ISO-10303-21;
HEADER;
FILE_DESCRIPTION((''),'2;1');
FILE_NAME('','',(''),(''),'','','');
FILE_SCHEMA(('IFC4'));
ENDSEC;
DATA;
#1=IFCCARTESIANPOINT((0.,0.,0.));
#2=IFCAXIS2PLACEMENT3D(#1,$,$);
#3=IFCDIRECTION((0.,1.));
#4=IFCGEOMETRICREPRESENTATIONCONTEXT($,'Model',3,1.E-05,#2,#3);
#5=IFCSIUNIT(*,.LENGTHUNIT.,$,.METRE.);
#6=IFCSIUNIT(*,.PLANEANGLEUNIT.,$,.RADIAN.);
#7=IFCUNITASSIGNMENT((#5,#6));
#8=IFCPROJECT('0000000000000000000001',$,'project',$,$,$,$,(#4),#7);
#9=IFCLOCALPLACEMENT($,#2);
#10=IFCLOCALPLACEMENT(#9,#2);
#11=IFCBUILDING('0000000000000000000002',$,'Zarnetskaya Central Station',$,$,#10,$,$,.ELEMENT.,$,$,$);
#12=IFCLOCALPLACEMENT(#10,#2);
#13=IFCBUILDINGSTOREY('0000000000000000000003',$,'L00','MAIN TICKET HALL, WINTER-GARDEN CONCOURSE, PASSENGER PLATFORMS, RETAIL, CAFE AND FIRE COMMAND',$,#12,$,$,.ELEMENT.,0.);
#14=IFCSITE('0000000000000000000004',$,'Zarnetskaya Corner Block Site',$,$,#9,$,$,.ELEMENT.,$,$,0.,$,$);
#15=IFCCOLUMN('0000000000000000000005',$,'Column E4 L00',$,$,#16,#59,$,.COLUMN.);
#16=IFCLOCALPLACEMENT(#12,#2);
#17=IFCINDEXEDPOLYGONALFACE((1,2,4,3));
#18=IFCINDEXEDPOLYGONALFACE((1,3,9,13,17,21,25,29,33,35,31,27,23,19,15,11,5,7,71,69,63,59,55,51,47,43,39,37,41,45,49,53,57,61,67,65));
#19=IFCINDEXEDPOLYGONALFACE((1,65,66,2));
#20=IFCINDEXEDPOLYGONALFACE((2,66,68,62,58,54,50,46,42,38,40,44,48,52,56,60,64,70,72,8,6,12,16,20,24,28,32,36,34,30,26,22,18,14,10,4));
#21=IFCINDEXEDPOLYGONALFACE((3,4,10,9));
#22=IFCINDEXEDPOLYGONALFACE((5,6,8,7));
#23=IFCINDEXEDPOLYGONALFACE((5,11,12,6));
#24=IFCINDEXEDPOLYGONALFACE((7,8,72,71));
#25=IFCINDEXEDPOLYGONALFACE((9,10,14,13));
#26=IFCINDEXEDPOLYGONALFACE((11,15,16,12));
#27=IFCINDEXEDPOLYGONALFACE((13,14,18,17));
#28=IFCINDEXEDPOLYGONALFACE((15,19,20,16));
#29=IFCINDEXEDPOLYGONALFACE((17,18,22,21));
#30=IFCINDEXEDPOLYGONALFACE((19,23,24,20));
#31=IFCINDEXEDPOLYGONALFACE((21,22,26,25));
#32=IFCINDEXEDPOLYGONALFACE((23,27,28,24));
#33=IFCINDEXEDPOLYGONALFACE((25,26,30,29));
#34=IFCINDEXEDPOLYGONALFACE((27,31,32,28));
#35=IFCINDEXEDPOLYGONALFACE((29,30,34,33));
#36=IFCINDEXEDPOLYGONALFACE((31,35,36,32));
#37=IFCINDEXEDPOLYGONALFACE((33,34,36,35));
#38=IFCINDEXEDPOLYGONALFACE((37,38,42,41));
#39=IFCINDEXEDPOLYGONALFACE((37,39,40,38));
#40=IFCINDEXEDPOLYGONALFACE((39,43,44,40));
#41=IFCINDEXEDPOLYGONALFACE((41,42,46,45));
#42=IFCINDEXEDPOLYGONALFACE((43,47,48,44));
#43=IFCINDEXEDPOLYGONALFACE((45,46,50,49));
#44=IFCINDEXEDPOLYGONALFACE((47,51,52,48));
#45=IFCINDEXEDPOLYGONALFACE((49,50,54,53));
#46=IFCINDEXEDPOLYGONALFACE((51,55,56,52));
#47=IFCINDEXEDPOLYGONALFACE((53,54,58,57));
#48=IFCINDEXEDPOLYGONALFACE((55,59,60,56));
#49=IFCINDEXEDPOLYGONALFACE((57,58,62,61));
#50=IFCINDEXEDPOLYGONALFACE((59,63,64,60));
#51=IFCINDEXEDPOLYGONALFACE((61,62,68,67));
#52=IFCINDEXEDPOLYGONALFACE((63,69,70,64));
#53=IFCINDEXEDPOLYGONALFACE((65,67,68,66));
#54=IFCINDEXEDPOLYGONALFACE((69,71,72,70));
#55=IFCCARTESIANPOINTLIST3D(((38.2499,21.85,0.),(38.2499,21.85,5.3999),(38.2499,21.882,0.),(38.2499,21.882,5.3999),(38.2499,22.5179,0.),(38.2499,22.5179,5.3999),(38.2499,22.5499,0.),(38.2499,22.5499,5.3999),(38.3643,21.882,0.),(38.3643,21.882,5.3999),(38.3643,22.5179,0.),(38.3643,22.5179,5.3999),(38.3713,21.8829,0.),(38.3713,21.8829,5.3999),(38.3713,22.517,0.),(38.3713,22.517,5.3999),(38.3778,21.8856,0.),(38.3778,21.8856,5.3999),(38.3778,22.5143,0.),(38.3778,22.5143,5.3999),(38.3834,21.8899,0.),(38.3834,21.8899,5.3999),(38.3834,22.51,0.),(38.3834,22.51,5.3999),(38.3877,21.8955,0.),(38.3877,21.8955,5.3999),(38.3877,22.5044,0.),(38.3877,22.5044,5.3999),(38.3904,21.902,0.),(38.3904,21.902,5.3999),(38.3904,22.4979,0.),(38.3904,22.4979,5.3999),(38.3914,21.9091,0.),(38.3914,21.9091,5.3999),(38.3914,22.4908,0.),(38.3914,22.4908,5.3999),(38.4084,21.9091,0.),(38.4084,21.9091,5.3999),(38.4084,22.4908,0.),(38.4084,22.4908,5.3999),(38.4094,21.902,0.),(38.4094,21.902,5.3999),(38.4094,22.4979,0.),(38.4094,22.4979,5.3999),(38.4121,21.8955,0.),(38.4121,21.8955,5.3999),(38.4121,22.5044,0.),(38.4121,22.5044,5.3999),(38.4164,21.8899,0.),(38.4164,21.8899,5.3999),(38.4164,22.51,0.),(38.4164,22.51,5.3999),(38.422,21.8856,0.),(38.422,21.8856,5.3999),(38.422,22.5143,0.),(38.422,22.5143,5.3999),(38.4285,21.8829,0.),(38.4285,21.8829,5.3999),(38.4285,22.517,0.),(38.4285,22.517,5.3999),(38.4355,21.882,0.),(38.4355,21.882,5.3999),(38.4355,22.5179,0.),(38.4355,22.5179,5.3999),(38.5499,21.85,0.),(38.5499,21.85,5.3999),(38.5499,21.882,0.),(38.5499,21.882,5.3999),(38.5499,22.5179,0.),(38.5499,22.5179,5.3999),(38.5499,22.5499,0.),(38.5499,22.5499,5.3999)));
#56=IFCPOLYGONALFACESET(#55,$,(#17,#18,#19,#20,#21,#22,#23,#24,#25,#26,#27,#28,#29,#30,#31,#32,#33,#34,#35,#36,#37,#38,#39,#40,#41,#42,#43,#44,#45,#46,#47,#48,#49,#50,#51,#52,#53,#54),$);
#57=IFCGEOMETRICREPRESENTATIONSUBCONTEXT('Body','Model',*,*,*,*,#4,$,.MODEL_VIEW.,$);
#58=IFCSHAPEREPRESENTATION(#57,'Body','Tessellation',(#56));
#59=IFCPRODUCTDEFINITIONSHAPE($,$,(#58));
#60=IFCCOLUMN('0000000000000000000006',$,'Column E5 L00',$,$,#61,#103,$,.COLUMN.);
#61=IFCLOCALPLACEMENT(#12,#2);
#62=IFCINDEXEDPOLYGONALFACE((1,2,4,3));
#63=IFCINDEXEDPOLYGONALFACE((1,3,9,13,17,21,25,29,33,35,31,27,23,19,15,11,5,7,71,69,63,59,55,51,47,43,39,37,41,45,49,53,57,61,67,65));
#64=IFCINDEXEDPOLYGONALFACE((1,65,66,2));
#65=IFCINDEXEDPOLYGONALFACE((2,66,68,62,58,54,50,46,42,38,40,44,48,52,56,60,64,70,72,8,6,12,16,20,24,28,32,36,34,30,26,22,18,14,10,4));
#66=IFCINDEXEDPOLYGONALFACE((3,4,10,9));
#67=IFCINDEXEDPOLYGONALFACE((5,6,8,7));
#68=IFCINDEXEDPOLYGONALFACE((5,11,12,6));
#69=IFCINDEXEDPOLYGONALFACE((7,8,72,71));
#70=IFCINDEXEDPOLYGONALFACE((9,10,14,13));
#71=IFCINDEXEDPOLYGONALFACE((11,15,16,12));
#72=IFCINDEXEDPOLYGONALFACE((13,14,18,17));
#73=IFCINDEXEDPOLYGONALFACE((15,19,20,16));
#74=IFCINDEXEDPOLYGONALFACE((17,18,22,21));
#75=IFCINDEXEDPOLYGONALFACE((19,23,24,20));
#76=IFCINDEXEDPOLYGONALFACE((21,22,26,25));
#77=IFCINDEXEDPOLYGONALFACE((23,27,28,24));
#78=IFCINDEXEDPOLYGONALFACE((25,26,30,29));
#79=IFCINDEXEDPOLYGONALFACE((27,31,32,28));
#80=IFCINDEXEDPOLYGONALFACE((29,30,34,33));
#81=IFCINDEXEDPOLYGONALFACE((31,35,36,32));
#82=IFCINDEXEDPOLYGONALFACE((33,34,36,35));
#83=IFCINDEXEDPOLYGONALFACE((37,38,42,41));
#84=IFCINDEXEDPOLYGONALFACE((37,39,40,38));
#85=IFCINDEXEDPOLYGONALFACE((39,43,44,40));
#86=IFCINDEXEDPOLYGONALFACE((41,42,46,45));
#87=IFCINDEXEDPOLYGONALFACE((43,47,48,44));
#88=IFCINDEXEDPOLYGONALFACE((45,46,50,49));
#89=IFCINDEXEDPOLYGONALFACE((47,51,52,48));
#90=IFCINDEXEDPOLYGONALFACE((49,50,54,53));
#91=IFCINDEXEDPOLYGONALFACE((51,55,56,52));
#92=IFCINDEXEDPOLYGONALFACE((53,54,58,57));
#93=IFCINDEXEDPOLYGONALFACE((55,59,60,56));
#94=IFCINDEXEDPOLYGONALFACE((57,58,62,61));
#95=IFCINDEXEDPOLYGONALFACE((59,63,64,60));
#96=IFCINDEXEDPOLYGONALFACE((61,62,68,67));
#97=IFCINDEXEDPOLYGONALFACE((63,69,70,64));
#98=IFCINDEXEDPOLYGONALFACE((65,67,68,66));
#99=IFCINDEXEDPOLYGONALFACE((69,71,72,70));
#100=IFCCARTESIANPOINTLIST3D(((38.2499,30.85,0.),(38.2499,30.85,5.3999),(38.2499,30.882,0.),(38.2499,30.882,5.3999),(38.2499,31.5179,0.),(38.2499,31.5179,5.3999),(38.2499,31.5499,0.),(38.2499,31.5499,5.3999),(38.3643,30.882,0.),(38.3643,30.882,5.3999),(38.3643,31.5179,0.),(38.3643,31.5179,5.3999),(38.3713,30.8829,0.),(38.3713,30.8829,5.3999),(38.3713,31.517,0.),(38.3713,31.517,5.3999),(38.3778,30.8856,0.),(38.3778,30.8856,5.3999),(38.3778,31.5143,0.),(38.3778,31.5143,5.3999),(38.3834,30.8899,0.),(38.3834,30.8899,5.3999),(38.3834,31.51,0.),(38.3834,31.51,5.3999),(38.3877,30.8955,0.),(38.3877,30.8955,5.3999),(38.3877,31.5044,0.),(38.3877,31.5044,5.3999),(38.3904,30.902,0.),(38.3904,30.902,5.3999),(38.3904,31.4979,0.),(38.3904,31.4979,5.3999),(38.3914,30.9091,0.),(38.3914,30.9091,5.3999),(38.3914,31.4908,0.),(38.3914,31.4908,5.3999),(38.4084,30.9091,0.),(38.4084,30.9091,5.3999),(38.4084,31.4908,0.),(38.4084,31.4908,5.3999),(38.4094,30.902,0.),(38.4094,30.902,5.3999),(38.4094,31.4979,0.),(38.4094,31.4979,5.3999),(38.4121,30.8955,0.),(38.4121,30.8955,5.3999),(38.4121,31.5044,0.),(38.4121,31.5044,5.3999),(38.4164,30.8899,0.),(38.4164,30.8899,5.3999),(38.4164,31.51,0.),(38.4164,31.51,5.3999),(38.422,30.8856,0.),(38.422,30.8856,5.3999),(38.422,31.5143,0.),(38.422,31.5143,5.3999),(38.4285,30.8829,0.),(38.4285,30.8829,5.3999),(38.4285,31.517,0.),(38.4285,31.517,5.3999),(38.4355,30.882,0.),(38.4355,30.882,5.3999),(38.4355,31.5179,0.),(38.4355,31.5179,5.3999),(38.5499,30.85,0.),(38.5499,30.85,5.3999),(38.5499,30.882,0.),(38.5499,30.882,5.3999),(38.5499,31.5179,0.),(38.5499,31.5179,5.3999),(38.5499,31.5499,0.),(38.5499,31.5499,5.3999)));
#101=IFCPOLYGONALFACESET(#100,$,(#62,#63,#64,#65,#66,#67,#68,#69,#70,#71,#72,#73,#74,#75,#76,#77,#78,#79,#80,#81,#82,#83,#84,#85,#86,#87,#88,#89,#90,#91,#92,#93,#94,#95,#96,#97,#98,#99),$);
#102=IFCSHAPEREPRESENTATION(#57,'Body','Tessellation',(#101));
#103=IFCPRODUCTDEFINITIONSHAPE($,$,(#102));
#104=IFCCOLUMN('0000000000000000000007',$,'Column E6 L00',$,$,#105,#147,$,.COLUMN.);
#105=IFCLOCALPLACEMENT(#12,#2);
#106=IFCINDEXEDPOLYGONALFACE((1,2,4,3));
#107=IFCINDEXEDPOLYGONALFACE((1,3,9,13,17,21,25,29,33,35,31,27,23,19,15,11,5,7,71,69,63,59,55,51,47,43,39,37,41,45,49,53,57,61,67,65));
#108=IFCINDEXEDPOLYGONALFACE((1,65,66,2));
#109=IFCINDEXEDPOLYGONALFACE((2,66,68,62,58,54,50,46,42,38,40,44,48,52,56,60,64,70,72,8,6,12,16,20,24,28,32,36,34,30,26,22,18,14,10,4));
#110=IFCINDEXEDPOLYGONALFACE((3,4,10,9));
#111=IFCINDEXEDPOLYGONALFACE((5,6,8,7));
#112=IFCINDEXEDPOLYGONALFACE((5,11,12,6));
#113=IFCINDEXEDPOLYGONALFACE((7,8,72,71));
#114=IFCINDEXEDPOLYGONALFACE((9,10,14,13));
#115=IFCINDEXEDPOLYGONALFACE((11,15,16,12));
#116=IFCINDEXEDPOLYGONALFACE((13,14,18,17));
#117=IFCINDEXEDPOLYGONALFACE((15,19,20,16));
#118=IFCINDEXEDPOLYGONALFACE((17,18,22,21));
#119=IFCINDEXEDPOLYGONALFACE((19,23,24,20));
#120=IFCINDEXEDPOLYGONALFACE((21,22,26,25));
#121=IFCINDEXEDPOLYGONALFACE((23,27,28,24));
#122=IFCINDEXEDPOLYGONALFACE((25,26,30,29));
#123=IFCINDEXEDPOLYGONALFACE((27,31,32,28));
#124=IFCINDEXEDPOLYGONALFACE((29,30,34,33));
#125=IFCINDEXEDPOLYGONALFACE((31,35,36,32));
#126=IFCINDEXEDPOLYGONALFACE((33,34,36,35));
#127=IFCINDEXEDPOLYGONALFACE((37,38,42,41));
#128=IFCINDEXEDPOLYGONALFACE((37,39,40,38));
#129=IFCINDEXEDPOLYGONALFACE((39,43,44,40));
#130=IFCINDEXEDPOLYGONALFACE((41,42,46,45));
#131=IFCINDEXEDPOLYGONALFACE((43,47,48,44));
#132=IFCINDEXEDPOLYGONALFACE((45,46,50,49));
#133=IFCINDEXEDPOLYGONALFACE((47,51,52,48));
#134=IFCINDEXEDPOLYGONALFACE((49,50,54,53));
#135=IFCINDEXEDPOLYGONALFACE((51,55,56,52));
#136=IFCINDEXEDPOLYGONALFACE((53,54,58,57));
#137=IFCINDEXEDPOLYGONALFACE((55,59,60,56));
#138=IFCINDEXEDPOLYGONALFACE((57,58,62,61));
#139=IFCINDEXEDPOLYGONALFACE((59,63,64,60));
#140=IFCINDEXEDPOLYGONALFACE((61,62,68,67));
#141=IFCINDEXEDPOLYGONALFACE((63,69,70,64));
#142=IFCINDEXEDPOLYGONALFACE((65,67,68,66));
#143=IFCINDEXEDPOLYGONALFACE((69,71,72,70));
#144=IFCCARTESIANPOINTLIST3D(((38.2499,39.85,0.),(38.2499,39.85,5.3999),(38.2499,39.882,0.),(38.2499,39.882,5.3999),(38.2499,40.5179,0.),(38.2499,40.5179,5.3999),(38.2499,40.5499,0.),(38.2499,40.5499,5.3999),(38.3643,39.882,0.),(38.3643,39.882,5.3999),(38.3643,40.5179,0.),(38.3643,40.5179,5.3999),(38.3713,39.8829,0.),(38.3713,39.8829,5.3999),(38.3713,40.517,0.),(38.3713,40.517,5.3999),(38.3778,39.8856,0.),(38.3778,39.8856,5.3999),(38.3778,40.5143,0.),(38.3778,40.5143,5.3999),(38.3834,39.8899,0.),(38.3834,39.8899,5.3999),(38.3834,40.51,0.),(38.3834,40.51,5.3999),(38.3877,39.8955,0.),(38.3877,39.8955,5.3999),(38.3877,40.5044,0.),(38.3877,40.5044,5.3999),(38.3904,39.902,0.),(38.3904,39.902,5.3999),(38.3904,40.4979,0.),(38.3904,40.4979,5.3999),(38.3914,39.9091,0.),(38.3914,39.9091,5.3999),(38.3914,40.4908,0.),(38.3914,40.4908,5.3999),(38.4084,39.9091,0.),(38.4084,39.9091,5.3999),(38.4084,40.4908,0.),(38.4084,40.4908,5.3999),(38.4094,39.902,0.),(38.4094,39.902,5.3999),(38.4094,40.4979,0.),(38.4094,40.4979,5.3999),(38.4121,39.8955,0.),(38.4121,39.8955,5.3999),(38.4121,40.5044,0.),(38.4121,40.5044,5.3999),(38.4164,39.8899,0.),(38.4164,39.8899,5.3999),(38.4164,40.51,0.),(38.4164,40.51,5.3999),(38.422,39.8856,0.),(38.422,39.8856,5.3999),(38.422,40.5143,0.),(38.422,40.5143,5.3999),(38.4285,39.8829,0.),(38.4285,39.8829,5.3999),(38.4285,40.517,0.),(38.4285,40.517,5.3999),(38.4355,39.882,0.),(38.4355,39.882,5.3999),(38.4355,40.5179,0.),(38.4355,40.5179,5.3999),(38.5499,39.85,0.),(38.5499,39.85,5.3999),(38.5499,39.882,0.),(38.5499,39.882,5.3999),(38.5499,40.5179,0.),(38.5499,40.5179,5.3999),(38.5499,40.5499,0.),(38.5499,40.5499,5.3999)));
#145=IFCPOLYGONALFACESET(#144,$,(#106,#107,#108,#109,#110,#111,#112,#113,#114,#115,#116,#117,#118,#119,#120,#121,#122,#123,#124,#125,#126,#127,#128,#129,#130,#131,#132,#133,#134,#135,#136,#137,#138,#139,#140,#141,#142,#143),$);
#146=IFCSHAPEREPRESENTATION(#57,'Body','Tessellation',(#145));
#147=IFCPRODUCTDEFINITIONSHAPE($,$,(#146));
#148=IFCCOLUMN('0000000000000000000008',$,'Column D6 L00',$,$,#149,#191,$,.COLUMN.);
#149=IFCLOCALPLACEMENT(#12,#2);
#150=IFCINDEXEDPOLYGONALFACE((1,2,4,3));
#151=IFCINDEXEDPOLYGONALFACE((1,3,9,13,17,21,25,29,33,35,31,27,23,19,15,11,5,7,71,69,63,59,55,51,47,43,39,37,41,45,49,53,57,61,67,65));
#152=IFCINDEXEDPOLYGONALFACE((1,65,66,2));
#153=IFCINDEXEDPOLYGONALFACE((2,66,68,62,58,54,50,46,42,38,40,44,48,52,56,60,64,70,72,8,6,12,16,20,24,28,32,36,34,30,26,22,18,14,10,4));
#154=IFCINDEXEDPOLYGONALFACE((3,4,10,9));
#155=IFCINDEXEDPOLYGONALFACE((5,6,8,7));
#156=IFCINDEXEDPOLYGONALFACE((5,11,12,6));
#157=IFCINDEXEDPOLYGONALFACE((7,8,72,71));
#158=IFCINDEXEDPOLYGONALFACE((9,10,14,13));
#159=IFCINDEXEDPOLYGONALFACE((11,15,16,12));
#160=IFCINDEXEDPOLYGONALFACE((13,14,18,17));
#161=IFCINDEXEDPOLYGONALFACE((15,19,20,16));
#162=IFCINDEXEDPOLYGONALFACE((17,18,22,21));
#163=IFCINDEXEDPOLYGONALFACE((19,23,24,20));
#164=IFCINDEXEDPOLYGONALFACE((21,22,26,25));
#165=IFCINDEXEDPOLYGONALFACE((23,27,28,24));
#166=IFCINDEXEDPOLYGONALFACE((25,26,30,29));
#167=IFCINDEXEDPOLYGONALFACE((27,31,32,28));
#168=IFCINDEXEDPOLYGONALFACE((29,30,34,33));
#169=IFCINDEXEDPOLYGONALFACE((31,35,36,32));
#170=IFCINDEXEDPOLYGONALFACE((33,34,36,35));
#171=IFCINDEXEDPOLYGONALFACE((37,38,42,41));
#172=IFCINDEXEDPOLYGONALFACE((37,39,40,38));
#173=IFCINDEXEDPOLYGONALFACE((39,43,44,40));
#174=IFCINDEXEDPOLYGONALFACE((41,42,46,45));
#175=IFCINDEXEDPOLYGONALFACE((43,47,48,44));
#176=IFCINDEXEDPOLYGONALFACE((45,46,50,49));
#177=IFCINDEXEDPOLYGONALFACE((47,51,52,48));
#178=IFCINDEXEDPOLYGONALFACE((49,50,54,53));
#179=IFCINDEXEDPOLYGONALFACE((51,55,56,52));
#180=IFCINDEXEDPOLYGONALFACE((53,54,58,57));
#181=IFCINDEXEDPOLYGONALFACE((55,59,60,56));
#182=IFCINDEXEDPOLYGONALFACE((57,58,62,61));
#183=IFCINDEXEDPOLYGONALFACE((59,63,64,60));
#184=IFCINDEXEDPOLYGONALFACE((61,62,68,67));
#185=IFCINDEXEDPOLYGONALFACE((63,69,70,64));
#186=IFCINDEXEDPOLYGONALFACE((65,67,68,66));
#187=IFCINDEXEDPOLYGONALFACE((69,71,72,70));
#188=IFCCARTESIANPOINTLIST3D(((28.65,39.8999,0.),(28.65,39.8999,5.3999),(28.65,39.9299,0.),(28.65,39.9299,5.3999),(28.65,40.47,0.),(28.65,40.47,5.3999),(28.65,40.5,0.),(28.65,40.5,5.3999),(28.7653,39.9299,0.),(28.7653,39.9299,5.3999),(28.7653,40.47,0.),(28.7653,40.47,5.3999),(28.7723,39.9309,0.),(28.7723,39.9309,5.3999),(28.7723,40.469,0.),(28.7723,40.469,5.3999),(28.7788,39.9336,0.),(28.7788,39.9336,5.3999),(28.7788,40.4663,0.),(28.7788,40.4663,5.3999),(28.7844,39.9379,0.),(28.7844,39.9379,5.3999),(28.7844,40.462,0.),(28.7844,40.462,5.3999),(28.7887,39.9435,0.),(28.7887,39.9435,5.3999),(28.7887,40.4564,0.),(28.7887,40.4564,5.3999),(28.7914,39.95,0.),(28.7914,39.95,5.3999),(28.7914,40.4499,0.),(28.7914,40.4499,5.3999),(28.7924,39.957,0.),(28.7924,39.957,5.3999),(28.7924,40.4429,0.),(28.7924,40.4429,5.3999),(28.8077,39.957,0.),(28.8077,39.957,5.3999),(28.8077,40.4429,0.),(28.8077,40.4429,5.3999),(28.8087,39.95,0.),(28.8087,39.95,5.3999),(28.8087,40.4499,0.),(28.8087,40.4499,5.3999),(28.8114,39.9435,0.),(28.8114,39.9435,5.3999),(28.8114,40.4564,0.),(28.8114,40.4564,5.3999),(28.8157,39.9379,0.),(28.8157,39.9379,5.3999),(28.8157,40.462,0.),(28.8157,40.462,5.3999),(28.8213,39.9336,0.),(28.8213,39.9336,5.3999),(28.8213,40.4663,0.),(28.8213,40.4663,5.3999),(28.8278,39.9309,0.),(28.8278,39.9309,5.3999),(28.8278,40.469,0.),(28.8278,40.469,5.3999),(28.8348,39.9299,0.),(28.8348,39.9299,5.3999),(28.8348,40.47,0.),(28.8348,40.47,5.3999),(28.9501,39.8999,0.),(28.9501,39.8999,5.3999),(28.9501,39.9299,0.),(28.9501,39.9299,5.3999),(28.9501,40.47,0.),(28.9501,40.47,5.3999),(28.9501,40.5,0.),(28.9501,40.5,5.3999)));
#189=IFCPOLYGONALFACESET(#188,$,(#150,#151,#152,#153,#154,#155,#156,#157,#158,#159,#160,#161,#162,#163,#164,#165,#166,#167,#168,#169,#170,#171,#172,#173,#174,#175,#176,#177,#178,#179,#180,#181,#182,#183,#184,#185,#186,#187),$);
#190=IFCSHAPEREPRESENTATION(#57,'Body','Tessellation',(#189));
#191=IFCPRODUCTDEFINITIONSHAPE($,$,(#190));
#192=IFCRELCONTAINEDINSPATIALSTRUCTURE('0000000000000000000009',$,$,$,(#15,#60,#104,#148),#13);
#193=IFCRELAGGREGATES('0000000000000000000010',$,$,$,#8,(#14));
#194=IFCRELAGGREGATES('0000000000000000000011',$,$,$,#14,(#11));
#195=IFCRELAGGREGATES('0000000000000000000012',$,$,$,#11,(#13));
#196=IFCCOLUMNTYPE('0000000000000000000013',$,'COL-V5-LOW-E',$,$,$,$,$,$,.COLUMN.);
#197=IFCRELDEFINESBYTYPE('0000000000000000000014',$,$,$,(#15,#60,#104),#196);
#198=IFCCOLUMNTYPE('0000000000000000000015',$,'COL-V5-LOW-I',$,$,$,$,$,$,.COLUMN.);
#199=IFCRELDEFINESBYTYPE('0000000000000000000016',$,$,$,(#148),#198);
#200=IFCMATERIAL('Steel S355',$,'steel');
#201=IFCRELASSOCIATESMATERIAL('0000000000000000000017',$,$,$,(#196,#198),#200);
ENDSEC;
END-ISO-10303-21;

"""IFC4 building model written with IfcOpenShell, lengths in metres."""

from ifc_helpers import new_model, si_unit, direction, frame, origin, origin_2d, place, context, subcontext, project, spatial, i_section, extrude, material, material_profile, profile_set, type_object, element, save


model = new_model("IFC4")

# Units and contexts
model_context = context("Model", 3, precision=1e-05, world=origin(), true_north=direction((0.0, 1.0)))
body_context = subcontext(model_context, "Body", "Model", "MODEL_VIEW")
ifc_project = project(units=[si_unit("LENGTHUNIT", "METRE"), si_unit("PLANEANGLEUNIT", "RADIAN")], contexts=[model_context])

# Site, building, storey
site_placement = place(None, origin())
site = spatial("IfcSite", under=ifc_project, at=site_placement, Name="Zarnetskaya Corner Block Site", CompositionType="ELEMENT", RefElevation=0.0)
building_placement = place(site_placement, origin())
building = spatial("IfcBuilding", under=site, at=building_placement, Name="Zarnetskaya Central Station", CompositionType="ELEMENT")
storey_placement = place(building_placement, origin())
storey = spatial("IfcBuildingStorey", under=building, at=storey_placement, Name="L00", Description="MAIN TICKET HALL, WINTER-GARDEN CONCOURSE, PASSENGER PLATFORMS, RETAIL, CAFE AND FIRE COMMAND", CompositionType="ELEMENT", Elevation=0.0)

# Columns
ifc_material_1 = material(Name="Steel S355", Category="steel")
ifc_material_profile_1 = material_profile(ifc_material_1, i_section(OverallWidth=0.3, OverallDepth=0.7, WebThickness=0.0171, FlangeThickness=0.032, FilletRadius=0.0271, at=origin_2d()), Name="HEB 700")
ifc_profile_set_1 = profile_set([ifc_material_profile_1], Name="Steel S355")
column_type_1 = type_object("IfcColumnType", Name="COL-V5-LOW-E", PredefinedType="COLUMN", material=ifc_profile_set_1)
for number, where, z_axis, x_axis, name in (
    (1, (38.3999, 22.2, 0.0), (0.0, 0.0, 1.0), (1.0, 0.0, 0.0), "Column E4 L00"),
    (2, (38.3999, 31.2, 0.0), (0.0, 0.0, 1.0), (1.0, 0.0, 0.0), "Column E5 L00"),
    (3, (38.3999, 40.2, 0.0), (0.0, 0.0, 1.0), (1.0, 0.0, 0.0), "Column E6 L00"),
):
    element("IfcColumn", number, at=place(storey_placement, frame(where, z_axis=z_axis, x_axis=x_axis)), inside=storey, type_object=column_type_1, Name=name, PredefinedType="COLUMN", context=body_context, shape_type="SweptSolid", body=[
        extrude(i_section(OverallWidth=0.3, OverallDepth=0.7, WebThickness=0.0171, FlangeThickness=0.032, FilletRadius=0.0271, at=origin_2d()), origin(), (0.0, 0.0, 1.0), 5.3999),
    ])
ifc_material_profile_2 = material_profile(ifc_material_1, i_section(OverallWidth=0.3, OverallDepth=0.6001, WebThickness=0.0154, FlangeThickness=0.03, FilletRadius=0.0271, at=origin_2d()), Name="HEB 600")
ifc_profile_set_2 = profile_set([ifc_material_profile_2], Name="Steel S355")
column_type_2 = type_object("IfcColumnType", Name="COL-V5-LOW-I", PredefinedType="COLUMN", material=ifc_profile_set_2)
for number, where, z_axis, x_axis, name in (
    (4, (28.8, 40.2, 0.0), (0.0, 0.0, 1.0), (1.0, 0.0, 0.0), "Column D6 L00"),
):
    element("IfcColumn", number, at=place(storey_placement, frame(where, z_axis=z_axis, x_axis=x_axis)), inside=storey, type_object=column_type_2, Name=name, PredefinedType="COLUMN", context=body_context, shape_type="SweptSolid", body=[
        extrude(i_section(OverallWidth=0.3, OverallDepth=0.6001, WebThickness=0.0154, FlangeThickness=0.03, FilletRadius=0.0271, at=origin_2d()), origin(), (0.0, 0.0, 1.0), 5.3999),
    ])

save(model, "model.ifc")
